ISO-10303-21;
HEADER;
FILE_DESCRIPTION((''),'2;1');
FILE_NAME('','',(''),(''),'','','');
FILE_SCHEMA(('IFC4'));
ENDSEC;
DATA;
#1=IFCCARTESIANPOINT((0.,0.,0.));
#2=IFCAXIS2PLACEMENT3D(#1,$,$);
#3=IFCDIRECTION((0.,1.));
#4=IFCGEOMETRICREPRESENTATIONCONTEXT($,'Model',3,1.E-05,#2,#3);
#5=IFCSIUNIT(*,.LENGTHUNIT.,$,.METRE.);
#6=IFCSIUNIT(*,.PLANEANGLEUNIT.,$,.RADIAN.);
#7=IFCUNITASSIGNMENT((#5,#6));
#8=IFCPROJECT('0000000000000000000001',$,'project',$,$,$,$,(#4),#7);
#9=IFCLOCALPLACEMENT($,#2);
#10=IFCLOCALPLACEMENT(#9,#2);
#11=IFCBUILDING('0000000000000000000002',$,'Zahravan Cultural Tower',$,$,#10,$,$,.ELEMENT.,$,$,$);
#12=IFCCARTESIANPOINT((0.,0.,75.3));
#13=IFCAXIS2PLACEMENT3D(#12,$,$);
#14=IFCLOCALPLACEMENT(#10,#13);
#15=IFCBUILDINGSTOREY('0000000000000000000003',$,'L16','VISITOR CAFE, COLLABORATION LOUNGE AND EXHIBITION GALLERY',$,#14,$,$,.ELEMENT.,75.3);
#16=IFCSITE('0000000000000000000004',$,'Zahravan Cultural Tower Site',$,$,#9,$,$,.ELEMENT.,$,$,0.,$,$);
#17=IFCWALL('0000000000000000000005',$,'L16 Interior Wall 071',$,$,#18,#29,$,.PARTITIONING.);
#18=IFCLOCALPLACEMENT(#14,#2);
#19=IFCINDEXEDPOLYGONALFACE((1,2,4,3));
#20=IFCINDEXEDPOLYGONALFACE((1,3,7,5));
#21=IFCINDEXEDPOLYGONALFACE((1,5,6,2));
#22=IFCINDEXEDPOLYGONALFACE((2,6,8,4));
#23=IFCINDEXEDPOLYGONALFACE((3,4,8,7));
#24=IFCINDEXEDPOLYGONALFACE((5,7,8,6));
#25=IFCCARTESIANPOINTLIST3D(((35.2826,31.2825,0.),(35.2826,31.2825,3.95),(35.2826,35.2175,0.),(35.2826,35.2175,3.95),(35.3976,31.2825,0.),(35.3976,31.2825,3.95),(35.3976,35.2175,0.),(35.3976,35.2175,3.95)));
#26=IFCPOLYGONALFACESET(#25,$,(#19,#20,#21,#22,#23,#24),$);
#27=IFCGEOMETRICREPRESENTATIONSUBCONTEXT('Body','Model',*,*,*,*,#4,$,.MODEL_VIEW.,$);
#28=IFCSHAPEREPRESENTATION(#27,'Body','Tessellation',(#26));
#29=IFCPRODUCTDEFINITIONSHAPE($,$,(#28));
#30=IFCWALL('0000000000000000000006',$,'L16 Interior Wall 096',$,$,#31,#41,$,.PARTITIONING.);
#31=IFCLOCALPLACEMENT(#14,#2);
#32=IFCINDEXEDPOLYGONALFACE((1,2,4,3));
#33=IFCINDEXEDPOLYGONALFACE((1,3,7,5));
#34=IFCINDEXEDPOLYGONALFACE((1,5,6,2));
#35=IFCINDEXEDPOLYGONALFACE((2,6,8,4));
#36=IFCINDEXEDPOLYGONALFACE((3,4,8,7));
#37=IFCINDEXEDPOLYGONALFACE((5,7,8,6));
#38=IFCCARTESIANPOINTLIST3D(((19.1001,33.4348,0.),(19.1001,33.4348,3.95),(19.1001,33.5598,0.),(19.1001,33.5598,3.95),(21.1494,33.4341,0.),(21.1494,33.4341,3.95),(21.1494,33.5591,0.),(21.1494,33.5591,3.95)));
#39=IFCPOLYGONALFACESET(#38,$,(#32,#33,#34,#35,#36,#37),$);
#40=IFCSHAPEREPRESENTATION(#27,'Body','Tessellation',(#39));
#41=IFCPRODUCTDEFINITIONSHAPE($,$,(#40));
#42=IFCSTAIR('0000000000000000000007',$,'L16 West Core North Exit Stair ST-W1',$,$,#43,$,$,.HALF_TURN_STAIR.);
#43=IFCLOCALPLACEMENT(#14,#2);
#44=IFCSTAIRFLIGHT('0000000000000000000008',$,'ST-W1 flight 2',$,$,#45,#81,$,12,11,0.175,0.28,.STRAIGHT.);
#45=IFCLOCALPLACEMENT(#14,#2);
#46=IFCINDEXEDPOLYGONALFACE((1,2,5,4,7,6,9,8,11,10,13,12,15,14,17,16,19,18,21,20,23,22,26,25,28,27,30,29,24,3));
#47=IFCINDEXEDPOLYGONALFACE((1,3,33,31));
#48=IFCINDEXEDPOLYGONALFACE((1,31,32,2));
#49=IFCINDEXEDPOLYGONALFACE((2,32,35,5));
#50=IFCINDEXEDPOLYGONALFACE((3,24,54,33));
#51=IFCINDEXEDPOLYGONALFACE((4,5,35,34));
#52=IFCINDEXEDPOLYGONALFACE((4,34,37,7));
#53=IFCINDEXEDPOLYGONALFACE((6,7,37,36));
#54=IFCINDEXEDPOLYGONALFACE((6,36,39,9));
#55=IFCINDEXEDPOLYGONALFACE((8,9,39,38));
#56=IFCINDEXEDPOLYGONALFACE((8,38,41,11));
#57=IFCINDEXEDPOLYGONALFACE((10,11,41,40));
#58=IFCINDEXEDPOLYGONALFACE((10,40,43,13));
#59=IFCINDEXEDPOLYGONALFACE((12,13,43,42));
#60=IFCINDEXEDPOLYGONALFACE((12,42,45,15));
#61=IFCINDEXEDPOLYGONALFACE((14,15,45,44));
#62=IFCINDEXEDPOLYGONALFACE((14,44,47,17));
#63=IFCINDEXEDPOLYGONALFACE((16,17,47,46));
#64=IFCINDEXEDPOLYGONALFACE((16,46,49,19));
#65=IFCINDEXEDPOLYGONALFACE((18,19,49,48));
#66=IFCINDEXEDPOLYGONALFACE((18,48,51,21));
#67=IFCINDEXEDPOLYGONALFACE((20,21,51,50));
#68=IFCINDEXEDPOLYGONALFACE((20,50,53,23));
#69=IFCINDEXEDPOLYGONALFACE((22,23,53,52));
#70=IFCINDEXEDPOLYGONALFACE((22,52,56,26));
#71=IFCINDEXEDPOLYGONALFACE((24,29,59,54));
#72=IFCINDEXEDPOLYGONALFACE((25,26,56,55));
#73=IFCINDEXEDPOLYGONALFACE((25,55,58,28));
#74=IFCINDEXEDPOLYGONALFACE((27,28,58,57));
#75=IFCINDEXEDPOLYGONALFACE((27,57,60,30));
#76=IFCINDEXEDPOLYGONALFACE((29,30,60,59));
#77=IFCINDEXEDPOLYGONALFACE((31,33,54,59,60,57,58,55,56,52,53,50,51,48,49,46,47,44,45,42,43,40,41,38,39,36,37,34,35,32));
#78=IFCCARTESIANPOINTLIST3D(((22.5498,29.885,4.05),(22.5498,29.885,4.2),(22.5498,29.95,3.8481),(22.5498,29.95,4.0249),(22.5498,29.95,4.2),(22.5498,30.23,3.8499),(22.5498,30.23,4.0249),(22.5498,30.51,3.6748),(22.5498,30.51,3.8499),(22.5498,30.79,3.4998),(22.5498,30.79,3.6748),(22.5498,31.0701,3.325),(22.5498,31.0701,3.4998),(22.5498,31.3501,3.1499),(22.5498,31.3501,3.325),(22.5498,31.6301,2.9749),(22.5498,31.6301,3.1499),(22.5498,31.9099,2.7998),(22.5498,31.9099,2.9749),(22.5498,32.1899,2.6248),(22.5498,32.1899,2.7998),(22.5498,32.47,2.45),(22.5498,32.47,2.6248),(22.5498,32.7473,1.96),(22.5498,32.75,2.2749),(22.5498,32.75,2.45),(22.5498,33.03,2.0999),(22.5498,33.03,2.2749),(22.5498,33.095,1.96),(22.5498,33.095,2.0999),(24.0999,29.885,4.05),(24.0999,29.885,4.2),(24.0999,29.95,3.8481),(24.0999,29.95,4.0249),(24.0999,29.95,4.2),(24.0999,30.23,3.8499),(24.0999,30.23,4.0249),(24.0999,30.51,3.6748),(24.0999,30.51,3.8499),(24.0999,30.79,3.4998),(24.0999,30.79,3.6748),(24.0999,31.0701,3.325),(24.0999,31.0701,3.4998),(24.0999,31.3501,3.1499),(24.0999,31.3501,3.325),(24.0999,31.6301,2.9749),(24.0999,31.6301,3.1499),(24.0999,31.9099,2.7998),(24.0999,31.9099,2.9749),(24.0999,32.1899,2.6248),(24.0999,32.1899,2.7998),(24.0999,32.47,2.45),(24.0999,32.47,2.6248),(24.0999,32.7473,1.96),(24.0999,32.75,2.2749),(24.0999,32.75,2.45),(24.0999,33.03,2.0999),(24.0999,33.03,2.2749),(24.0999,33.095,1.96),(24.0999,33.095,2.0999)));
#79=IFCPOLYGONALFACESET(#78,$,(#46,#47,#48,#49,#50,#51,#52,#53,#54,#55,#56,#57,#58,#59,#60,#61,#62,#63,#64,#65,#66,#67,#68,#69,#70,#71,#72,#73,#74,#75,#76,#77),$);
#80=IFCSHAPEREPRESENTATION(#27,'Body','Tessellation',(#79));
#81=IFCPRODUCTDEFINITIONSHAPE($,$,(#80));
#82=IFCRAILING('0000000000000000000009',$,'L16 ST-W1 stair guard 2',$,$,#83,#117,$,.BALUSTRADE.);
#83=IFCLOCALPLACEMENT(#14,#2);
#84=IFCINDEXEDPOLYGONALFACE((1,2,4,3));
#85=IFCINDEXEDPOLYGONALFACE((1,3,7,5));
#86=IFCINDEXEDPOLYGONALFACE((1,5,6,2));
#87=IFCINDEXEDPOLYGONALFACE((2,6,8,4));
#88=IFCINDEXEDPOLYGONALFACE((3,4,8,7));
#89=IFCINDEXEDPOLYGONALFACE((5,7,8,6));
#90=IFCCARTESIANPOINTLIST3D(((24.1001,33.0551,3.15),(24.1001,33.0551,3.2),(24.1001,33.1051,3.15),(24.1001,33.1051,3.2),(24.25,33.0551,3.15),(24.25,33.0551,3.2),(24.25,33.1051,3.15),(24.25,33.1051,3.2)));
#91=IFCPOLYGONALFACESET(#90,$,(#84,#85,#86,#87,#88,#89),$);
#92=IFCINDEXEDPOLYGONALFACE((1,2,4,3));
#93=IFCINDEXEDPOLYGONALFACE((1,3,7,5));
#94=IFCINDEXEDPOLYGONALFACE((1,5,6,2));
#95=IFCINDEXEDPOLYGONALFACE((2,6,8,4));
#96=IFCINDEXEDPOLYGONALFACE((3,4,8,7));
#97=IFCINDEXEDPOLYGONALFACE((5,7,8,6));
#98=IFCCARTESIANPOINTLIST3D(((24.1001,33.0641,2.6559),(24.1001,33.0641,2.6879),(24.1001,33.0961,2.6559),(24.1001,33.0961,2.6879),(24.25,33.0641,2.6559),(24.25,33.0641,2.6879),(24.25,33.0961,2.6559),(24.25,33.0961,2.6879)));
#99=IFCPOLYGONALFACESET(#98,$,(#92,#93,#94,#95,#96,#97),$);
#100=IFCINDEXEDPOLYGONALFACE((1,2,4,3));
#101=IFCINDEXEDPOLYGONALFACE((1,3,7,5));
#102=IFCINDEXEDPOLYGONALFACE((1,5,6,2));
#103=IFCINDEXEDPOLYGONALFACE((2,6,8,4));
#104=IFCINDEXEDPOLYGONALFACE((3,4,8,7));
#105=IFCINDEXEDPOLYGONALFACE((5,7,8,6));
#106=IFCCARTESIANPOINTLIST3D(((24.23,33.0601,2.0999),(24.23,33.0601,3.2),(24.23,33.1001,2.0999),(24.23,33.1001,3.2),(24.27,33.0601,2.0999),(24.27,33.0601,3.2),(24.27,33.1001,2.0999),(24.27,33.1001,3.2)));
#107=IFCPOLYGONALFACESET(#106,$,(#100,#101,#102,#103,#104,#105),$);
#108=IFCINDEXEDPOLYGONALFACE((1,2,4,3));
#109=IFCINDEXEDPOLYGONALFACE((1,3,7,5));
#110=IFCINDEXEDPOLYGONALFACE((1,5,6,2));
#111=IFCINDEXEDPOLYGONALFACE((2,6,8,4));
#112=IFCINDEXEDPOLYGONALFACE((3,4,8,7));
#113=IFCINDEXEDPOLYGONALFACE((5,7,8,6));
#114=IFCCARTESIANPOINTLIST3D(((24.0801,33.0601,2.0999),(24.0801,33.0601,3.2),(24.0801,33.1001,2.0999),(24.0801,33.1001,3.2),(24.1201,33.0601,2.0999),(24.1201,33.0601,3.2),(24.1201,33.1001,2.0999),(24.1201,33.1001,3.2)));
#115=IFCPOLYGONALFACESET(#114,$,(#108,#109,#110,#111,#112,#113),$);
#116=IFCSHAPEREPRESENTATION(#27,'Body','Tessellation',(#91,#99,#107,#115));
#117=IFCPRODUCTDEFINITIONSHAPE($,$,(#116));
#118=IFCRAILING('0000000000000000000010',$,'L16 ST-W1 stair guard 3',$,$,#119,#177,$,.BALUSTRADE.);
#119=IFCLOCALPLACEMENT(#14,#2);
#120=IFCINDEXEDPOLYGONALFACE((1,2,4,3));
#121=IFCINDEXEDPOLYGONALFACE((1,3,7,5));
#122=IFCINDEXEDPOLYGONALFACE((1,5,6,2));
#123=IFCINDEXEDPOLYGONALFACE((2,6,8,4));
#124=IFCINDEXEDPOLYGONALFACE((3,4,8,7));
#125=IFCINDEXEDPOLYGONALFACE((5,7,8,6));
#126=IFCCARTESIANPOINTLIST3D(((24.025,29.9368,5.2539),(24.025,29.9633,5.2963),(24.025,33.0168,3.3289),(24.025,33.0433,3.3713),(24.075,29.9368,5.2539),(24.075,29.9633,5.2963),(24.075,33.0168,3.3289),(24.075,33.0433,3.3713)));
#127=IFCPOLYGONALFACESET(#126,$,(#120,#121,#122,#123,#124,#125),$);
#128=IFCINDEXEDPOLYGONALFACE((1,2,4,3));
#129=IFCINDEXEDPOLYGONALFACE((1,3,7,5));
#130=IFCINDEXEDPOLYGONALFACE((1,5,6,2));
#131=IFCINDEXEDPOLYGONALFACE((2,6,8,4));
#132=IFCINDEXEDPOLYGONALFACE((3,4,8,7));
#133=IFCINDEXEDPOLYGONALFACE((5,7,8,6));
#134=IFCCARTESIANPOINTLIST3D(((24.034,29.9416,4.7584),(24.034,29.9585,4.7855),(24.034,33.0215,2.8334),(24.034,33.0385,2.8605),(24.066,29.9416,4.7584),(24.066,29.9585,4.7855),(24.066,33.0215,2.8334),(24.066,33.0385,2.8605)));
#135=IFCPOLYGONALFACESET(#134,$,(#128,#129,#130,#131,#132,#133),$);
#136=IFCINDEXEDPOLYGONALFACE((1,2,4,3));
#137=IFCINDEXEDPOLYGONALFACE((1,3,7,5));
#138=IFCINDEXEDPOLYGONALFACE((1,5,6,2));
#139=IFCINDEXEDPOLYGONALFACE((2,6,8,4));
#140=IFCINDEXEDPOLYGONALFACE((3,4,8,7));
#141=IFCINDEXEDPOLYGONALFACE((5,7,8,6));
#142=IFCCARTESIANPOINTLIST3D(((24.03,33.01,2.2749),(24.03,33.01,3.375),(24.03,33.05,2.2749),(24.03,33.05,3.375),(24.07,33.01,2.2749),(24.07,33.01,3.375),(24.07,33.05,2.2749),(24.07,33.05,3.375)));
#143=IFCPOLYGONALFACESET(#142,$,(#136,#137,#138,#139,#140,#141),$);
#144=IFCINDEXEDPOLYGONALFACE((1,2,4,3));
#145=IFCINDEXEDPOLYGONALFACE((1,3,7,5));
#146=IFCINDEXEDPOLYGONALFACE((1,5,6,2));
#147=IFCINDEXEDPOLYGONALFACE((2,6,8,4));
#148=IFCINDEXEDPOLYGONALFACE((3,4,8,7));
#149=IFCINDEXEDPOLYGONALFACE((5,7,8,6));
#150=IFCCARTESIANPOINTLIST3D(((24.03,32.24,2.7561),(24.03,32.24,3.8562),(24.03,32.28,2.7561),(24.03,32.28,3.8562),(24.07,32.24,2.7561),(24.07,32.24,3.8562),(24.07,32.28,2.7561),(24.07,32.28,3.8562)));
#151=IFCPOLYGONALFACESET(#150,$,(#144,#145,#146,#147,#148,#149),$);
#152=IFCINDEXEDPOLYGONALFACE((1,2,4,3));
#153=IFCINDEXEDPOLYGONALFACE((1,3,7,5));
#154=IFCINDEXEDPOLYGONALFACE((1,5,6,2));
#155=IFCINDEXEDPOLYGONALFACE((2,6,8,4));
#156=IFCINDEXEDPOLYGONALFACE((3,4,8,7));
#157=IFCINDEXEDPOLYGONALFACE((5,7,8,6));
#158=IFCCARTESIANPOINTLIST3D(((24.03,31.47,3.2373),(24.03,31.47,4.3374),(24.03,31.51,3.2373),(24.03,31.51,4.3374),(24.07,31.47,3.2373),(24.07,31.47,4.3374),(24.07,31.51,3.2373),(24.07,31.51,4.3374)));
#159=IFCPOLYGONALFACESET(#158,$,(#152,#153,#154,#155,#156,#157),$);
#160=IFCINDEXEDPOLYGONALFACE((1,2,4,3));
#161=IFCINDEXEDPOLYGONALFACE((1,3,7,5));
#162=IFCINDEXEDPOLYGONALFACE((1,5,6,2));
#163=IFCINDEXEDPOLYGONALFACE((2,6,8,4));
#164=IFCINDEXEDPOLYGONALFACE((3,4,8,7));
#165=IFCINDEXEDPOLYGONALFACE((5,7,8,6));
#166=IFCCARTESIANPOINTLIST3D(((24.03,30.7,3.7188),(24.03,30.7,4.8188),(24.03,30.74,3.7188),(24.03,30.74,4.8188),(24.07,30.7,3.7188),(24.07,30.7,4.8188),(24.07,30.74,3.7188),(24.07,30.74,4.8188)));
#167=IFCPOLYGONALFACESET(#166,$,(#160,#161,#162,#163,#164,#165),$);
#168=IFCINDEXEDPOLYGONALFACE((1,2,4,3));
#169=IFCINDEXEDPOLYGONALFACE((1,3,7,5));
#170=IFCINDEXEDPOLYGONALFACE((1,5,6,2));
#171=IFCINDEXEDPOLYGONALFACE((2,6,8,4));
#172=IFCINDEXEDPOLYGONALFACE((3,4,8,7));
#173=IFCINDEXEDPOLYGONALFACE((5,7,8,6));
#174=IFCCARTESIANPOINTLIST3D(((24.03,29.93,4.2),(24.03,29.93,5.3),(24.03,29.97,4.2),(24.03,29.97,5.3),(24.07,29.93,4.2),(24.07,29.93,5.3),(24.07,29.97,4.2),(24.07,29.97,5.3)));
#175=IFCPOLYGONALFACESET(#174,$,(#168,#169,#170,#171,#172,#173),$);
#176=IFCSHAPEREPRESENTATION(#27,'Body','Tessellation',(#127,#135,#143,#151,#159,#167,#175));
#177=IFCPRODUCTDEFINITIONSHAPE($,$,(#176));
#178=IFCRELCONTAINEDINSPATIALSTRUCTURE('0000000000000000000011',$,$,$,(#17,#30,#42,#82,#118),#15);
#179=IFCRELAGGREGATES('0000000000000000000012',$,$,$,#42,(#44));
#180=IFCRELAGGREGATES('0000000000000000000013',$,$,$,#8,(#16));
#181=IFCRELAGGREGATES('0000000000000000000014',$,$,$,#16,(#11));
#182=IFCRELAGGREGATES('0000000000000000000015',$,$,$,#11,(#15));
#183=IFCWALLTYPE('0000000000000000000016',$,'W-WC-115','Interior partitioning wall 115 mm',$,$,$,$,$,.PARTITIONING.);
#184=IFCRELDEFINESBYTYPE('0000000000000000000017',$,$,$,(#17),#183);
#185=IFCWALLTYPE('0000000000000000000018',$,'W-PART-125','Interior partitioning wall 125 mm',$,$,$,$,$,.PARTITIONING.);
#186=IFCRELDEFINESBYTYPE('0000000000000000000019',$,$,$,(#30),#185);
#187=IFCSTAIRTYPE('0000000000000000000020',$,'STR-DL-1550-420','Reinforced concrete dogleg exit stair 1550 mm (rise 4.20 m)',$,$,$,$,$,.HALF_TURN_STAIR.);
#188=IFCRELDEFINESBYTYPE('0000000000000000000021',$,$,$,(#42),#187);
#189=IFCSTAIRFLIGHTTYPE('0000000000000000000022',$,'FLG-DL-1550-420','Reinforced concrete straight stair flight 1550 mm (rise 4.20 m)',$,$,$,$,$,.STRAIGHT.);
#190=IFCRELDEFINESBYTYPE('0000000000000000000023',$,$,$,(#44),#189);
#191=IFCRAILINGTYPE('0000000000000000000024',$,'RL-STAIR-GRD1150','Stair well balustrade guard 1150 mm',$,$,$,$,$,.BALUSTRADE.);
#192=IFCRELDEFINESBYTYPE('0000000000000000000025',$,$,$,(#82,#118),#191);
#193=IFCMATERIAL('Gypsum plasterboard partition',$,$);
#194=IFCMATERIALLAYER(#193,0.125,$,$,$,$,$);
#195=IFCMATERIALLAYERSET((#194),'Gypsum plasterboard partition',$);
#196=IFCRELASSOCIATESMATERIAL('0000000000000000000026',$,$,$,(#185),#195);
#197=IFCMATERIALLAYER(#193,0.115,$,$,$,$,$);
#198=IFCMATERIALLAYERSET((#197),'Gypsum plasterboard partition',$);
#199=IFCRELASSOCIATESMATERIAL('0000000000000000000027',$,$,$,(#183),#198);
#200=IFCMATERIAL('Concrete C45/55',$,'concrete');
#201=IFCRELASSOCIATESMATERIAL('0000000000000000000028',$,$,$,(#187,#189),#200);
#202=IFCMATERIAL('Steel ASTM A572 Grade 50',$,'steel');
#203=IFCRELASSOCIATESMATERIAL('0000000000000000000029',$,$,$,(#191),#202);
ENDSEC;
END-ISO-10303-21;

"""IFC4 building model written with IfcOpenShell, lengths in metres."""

from ifc_helpers import new_model, si_unit, direction, frame, frame_2d, origin, origin_2d, place, context, subcontext, project, spatial, polyline, rectangle, outline, extrude, source, transform, mapped, material, layer, layer_set, type_object, element, aggregate, save


model = new_model("IFC4")

# Units and contexts
model_context = context("Model", 3, precision=1e-05, world=origin(), true_north=direction((0.0, 1.0)))
body_context = subcontext(model_context, "Body", "Model", "MODEL_VIEW")
ifc_project = project(units=[si_unit("LENGTHUNIT", "METRE"), si_unit("PLANEANGLEUNIT", "RADIAN")], contexts=[model_context])

# Site, building, storey
site_placement = place(None, origin())
site = spatial("IfcSite", under=ifc_project, at=site_placement, Name="Zahravan Cultural Tower Site", CompositionType="ELEMENT", RefElevation=0.0)
building_placement = place(site_placement, origin())
building = spatial("IfcBuilding", under=site, at=building_placement, Name="Zahravan Cultural Tower", CompositionType="ELEMENT")
storey_placement = place(building_placement, frame((0.0, 0.0, 75.3)))
storey = spatial("IfcBuildingStorey", under=building, at=storey_placement, Name="L16", Description="VISITOR CAFE, COLLABORATION LOUNGE AND EXHIBITION GALLERY", CompositionType="ELEMENT", Elevation=75.3)

# Shared definitions
ifc_material_1 = material(Name="Gypsum plasterboard partition")
ifc_layer_1 = layer(ifc_material_1, 0.125)
ifc_layer_set_1 = layer_set([ifc_layer_1], Name="Gypsum plasterboard partition")
wall_type_1 = type_object("IfcWallType", Name="W-PART-125", Description="Interior partitioning wall 125 mm", PredefinedType="PARTITIONING", material=ifc_layer_set_1)
ifc_material_2 = material(Name="Concrete C45/55", Category="concrete")
ifc_material_3 = material(Name="Steel ASTM A572 Grade 50", Category="steel")
ifc_layer_2 = layer(ifc_material_1, 0.115)
ifc_layer_set_2 = layer_set([ifc_layer_2], Name="Gypsum plasterboard partition")
wall_type_2 = type_object("IfcWallType", Name="W-WC-115", Description="Interior partitioning wall 115 mm", PredefinedType="PARTITIONING", material=ifc_layer_set_2)

# Walls
shared_shape_1 = source(origin(), body_context, "Body", "SweptSolid", [
    extrude(rectangle(XDim=3.9351, YDim=0.115, at=frame_2d((1.9675, 0.0))), origin(), (0.0, 0.0, 1.0), 3.95),
])
wall_1_placement = place(storey_placement, frame((35.3401, 35.2175, 0.0), z_axis=(0.0, 0.0, 1.0), x_axis=(0.0, -1.0, 0.0)))
element("IfcWall", 1, at=wall_1_placement, inside=storey, type_object=wall_type_2, Name="L16 Interior Wall 071", PredefinedType="PARTITIONING", context=body_context, shape_type="MappedRepresentation", body=[
    mapped(shared_shape_1, transform((0.0, 0.0, 0.0), x_axis=(1.0, 0.0, 0.0), y_axis=(0.0, 1.0, 0.0), z_axis=(0.0, 0.0, 1.0), scale=1.0)),
])
shared_shape_2 = source(origin(), body_context, "Body", "SweptSolid", [
    extrude(rectangle(XDim=2.0493, YDim=0.125, at=frame_2d((1.0247, 0.0))), origin(), (0.0, 0.0, 1.0), 3.95),
])
wall_2_placement = place(storey_placement, frame((21.1494, 33.4966, 0.0), z_axis=(0.0, 0.0, 1.0), x_axis=(-1.0, 0.000357, 0.0)))
element("IfcWall", 2, at=wall_2_placement, inside=storey, type_object=wall_type_1, Name="L16 Interior Wall 096", PredefinedType="PARTITIONING", context=body_context, shape_type="MappedRepresentation", body=[
    mapped(shared_shape_2, transform((0.0, 0.0, 0.0), x_axis=(1.0, 0.0, 0.0), y_axis=(0.0, 1.0, 0.0), z_axis=(0.0, 0.0, 1.0), scale=1.0)),
])

# Stair, stair flight
stair_type = type_object("IfcStairType", Name="STR-DL-1550-420", Description="Reinforced concrete dogleg exit stair 1550 mm (rise 4.20 m)", PredefinedType="HALF_TURN_STAIR", material=ifc_material_2)
stair_placement = place(storey_placement, origin())
stair = element("IfcStair", 3, at=stair_placement, inside=storey, type_object=stair_type, Name="L16 West Core North Exit Stair ST-W1", PredefinedType="HALF_TURN_STAIR")
stair_flight_type = type_object("IfcStairFlightType", Name="FLG-DL-1550-420", Description="Reinforced concrete straight stair flight 1550 mm (rise 4.20 m)", PredefinedType="STRAIGHT", material=ifc_material_2)
stair_flight_placement = place(storey_placement, frame((23.325, 33.03, 2.0999), z_axis=(0.0, 0.0, 1.0), x_axis=(0.0, -1.0, 0.0)))
stair_flight = element("IfcStairFlight", 4, at=stair_flight_placement, type_object=stair_flight_type, Name="ST-W1 flight 2", NumberOfRisers=12, NumberOfTreads=11, PredefinedType="STRAIGHT", RiserHeight=0.175, TreadLength=0.28, context=body_context, shape_type="SweptSolid", body=[
    extrude(outline(polyline([(-0.0649, -0.1399), (-0.0649, 0.0), (0.0, 0.0), (0.0, 0.175), (0.28, 0.175), (0.28, 0.3501), (0.5601, 0.3501), (0.5601, 0.5249), (0.8401, 0.5249), (0.8401, 0.7), (1.1201, 0.7), (1.1201, 0.875), (1.3999, 0.875), (1.3999, 1.05), (1.6799, 1.05), (1.6799, 1.2251), (1.96, 1.2251), (1.96, 1.3999), (2.24, 1.3999), (2.24, 1.575), (2.52, 1.575), (2.52, 1.75), (2.8, 1.75), (2.8, 1.925), (3.0801, 1.925), (3.0801, 2.1001), (3.145, 2.1001), (3.145, 1.9502), (3.0801, 1.7483), (0.2827, -0.1399), (-0.0649, -0.1399)])), frame((0.0, 0.7749, 0.0), z_axis=(0.0, -1.0, 0.0), x_axis=(1.0, 0.0, 0.0)), (0.0, 0.0, 1.0), 1.55),
])
aggregate(stair, [stair_flight])

# Railings
railing_type_1 = type_object("IfcRailingType", Name="RL-STAIR-GRD1150", Description="Stair well balustrade guard 1150 mm", PredefinedType="BALUSTRADE", material=ifc_material_3)
railing_1_placement = place(storey_placement, frame((24.25, 33.0801, 2.0999)))
element("IfcRailing", 5, at=railing_1_placement, inside=storey, type_object=railing_type_1, Name="L16 ST-W1 stair guard 2", PredefinedType="BALUSTRADE", context=body_context, shape_type="SweptSolid", body=[
    extrude(rectangle(XDim=0.05, YDim=0.05, at=origin_2d()), frame((0.0, 0.0, 1.0752), z_axis=(-1.0, 0.0, 0.0), x_axis=(0.0, -1.0, 0.0)), (0.0, 0.0, 1.0), 0.1499),
    extrude(rectangle(XDim=0.032, YDim=0.032, at=origin_2d()), frame((0.0, 0.0, 0.572), z_axis=(-1.0, 0.0, 0.0), x_axis=(0.0, -1.0, 0.0)), (0.0, 0.0, 1.0), 0.1499),
    extrude(rectangle(XDim=0.04, YDim=0.04, at=origin_2d()), origin(), (0.0, 0.0, 1.0), 1.1001),
    extrude(rectangle(XDim=0.04, YDim=0.04, at=origin_2d()), frame((-0.1499, 0.0, 0.0)), (0.0, 0.0, 1.0), 1.1001),
])
railing_2_placement = place(storey_placement, frame((24.05, 33.03, 2.2749)))
element("IfcRailing", 6, at=railing_2_placement, inside=storey, type_object=railing_type_1, Name="L16 ST-W1 stair guard 3", PredefinedType="BALUSTRADE", context=body_context, shape_type="SweptSolid", body=[
    extrude(rectangle(XDim=0.05, YDim=0.05, at=origin_2d()), frame((0.0, 0.0, 1.0752), z_axis=(0.0, -0.847998, 0.529999), x_axis=(1.0, 0.0, 0.0)), (0.0, 0.0, 1.0), 3.6321),
    extrude(rectangle(XDim=0.032, YDim=0.032, at=origin_2d()), frame((0.0, 0.0, 0.572), z_axis=(0.0, -0.847998, 0.529999), x_axis=(1.0, 0.0, 0.0)), (0.0, 0.0, 1.0), 3.6321),
    extrude(rectangle(XDim=0.04, YDim=0.04, at=origin_2d()), origin(), (0.0, 0.0, 1.0), 1.1001),
    extrude(rectangle(XDim=0.04, YDim=0.04, at=origin_2d()), frame((0.0, -0.77, 0.4812)), (0.0, 0.0, 1.0), 1.1001),
    extrude(rectangle(XDim=0.04, YDim=0.04, at=origin_2d()), frame((0.0, -1.54, 0.9624)), (0.0, 0.0, 1.0), 1.1001),
    extrude(rectangle(XDim=0.04, YDim=0.04, at=origin_2d()), frame((0.0, -2.3101, 1.4438)), (0.0, 0.0, 1.0), 1.1001),
    extrude(rectangle(XDim=0.04, YDim=0.04, at=origin_2d()), frame((0.0, -3.0801, 1.925)), (0.0, 0.0, 1.0), 1.1001),
])

save(model, "model.ifc")
